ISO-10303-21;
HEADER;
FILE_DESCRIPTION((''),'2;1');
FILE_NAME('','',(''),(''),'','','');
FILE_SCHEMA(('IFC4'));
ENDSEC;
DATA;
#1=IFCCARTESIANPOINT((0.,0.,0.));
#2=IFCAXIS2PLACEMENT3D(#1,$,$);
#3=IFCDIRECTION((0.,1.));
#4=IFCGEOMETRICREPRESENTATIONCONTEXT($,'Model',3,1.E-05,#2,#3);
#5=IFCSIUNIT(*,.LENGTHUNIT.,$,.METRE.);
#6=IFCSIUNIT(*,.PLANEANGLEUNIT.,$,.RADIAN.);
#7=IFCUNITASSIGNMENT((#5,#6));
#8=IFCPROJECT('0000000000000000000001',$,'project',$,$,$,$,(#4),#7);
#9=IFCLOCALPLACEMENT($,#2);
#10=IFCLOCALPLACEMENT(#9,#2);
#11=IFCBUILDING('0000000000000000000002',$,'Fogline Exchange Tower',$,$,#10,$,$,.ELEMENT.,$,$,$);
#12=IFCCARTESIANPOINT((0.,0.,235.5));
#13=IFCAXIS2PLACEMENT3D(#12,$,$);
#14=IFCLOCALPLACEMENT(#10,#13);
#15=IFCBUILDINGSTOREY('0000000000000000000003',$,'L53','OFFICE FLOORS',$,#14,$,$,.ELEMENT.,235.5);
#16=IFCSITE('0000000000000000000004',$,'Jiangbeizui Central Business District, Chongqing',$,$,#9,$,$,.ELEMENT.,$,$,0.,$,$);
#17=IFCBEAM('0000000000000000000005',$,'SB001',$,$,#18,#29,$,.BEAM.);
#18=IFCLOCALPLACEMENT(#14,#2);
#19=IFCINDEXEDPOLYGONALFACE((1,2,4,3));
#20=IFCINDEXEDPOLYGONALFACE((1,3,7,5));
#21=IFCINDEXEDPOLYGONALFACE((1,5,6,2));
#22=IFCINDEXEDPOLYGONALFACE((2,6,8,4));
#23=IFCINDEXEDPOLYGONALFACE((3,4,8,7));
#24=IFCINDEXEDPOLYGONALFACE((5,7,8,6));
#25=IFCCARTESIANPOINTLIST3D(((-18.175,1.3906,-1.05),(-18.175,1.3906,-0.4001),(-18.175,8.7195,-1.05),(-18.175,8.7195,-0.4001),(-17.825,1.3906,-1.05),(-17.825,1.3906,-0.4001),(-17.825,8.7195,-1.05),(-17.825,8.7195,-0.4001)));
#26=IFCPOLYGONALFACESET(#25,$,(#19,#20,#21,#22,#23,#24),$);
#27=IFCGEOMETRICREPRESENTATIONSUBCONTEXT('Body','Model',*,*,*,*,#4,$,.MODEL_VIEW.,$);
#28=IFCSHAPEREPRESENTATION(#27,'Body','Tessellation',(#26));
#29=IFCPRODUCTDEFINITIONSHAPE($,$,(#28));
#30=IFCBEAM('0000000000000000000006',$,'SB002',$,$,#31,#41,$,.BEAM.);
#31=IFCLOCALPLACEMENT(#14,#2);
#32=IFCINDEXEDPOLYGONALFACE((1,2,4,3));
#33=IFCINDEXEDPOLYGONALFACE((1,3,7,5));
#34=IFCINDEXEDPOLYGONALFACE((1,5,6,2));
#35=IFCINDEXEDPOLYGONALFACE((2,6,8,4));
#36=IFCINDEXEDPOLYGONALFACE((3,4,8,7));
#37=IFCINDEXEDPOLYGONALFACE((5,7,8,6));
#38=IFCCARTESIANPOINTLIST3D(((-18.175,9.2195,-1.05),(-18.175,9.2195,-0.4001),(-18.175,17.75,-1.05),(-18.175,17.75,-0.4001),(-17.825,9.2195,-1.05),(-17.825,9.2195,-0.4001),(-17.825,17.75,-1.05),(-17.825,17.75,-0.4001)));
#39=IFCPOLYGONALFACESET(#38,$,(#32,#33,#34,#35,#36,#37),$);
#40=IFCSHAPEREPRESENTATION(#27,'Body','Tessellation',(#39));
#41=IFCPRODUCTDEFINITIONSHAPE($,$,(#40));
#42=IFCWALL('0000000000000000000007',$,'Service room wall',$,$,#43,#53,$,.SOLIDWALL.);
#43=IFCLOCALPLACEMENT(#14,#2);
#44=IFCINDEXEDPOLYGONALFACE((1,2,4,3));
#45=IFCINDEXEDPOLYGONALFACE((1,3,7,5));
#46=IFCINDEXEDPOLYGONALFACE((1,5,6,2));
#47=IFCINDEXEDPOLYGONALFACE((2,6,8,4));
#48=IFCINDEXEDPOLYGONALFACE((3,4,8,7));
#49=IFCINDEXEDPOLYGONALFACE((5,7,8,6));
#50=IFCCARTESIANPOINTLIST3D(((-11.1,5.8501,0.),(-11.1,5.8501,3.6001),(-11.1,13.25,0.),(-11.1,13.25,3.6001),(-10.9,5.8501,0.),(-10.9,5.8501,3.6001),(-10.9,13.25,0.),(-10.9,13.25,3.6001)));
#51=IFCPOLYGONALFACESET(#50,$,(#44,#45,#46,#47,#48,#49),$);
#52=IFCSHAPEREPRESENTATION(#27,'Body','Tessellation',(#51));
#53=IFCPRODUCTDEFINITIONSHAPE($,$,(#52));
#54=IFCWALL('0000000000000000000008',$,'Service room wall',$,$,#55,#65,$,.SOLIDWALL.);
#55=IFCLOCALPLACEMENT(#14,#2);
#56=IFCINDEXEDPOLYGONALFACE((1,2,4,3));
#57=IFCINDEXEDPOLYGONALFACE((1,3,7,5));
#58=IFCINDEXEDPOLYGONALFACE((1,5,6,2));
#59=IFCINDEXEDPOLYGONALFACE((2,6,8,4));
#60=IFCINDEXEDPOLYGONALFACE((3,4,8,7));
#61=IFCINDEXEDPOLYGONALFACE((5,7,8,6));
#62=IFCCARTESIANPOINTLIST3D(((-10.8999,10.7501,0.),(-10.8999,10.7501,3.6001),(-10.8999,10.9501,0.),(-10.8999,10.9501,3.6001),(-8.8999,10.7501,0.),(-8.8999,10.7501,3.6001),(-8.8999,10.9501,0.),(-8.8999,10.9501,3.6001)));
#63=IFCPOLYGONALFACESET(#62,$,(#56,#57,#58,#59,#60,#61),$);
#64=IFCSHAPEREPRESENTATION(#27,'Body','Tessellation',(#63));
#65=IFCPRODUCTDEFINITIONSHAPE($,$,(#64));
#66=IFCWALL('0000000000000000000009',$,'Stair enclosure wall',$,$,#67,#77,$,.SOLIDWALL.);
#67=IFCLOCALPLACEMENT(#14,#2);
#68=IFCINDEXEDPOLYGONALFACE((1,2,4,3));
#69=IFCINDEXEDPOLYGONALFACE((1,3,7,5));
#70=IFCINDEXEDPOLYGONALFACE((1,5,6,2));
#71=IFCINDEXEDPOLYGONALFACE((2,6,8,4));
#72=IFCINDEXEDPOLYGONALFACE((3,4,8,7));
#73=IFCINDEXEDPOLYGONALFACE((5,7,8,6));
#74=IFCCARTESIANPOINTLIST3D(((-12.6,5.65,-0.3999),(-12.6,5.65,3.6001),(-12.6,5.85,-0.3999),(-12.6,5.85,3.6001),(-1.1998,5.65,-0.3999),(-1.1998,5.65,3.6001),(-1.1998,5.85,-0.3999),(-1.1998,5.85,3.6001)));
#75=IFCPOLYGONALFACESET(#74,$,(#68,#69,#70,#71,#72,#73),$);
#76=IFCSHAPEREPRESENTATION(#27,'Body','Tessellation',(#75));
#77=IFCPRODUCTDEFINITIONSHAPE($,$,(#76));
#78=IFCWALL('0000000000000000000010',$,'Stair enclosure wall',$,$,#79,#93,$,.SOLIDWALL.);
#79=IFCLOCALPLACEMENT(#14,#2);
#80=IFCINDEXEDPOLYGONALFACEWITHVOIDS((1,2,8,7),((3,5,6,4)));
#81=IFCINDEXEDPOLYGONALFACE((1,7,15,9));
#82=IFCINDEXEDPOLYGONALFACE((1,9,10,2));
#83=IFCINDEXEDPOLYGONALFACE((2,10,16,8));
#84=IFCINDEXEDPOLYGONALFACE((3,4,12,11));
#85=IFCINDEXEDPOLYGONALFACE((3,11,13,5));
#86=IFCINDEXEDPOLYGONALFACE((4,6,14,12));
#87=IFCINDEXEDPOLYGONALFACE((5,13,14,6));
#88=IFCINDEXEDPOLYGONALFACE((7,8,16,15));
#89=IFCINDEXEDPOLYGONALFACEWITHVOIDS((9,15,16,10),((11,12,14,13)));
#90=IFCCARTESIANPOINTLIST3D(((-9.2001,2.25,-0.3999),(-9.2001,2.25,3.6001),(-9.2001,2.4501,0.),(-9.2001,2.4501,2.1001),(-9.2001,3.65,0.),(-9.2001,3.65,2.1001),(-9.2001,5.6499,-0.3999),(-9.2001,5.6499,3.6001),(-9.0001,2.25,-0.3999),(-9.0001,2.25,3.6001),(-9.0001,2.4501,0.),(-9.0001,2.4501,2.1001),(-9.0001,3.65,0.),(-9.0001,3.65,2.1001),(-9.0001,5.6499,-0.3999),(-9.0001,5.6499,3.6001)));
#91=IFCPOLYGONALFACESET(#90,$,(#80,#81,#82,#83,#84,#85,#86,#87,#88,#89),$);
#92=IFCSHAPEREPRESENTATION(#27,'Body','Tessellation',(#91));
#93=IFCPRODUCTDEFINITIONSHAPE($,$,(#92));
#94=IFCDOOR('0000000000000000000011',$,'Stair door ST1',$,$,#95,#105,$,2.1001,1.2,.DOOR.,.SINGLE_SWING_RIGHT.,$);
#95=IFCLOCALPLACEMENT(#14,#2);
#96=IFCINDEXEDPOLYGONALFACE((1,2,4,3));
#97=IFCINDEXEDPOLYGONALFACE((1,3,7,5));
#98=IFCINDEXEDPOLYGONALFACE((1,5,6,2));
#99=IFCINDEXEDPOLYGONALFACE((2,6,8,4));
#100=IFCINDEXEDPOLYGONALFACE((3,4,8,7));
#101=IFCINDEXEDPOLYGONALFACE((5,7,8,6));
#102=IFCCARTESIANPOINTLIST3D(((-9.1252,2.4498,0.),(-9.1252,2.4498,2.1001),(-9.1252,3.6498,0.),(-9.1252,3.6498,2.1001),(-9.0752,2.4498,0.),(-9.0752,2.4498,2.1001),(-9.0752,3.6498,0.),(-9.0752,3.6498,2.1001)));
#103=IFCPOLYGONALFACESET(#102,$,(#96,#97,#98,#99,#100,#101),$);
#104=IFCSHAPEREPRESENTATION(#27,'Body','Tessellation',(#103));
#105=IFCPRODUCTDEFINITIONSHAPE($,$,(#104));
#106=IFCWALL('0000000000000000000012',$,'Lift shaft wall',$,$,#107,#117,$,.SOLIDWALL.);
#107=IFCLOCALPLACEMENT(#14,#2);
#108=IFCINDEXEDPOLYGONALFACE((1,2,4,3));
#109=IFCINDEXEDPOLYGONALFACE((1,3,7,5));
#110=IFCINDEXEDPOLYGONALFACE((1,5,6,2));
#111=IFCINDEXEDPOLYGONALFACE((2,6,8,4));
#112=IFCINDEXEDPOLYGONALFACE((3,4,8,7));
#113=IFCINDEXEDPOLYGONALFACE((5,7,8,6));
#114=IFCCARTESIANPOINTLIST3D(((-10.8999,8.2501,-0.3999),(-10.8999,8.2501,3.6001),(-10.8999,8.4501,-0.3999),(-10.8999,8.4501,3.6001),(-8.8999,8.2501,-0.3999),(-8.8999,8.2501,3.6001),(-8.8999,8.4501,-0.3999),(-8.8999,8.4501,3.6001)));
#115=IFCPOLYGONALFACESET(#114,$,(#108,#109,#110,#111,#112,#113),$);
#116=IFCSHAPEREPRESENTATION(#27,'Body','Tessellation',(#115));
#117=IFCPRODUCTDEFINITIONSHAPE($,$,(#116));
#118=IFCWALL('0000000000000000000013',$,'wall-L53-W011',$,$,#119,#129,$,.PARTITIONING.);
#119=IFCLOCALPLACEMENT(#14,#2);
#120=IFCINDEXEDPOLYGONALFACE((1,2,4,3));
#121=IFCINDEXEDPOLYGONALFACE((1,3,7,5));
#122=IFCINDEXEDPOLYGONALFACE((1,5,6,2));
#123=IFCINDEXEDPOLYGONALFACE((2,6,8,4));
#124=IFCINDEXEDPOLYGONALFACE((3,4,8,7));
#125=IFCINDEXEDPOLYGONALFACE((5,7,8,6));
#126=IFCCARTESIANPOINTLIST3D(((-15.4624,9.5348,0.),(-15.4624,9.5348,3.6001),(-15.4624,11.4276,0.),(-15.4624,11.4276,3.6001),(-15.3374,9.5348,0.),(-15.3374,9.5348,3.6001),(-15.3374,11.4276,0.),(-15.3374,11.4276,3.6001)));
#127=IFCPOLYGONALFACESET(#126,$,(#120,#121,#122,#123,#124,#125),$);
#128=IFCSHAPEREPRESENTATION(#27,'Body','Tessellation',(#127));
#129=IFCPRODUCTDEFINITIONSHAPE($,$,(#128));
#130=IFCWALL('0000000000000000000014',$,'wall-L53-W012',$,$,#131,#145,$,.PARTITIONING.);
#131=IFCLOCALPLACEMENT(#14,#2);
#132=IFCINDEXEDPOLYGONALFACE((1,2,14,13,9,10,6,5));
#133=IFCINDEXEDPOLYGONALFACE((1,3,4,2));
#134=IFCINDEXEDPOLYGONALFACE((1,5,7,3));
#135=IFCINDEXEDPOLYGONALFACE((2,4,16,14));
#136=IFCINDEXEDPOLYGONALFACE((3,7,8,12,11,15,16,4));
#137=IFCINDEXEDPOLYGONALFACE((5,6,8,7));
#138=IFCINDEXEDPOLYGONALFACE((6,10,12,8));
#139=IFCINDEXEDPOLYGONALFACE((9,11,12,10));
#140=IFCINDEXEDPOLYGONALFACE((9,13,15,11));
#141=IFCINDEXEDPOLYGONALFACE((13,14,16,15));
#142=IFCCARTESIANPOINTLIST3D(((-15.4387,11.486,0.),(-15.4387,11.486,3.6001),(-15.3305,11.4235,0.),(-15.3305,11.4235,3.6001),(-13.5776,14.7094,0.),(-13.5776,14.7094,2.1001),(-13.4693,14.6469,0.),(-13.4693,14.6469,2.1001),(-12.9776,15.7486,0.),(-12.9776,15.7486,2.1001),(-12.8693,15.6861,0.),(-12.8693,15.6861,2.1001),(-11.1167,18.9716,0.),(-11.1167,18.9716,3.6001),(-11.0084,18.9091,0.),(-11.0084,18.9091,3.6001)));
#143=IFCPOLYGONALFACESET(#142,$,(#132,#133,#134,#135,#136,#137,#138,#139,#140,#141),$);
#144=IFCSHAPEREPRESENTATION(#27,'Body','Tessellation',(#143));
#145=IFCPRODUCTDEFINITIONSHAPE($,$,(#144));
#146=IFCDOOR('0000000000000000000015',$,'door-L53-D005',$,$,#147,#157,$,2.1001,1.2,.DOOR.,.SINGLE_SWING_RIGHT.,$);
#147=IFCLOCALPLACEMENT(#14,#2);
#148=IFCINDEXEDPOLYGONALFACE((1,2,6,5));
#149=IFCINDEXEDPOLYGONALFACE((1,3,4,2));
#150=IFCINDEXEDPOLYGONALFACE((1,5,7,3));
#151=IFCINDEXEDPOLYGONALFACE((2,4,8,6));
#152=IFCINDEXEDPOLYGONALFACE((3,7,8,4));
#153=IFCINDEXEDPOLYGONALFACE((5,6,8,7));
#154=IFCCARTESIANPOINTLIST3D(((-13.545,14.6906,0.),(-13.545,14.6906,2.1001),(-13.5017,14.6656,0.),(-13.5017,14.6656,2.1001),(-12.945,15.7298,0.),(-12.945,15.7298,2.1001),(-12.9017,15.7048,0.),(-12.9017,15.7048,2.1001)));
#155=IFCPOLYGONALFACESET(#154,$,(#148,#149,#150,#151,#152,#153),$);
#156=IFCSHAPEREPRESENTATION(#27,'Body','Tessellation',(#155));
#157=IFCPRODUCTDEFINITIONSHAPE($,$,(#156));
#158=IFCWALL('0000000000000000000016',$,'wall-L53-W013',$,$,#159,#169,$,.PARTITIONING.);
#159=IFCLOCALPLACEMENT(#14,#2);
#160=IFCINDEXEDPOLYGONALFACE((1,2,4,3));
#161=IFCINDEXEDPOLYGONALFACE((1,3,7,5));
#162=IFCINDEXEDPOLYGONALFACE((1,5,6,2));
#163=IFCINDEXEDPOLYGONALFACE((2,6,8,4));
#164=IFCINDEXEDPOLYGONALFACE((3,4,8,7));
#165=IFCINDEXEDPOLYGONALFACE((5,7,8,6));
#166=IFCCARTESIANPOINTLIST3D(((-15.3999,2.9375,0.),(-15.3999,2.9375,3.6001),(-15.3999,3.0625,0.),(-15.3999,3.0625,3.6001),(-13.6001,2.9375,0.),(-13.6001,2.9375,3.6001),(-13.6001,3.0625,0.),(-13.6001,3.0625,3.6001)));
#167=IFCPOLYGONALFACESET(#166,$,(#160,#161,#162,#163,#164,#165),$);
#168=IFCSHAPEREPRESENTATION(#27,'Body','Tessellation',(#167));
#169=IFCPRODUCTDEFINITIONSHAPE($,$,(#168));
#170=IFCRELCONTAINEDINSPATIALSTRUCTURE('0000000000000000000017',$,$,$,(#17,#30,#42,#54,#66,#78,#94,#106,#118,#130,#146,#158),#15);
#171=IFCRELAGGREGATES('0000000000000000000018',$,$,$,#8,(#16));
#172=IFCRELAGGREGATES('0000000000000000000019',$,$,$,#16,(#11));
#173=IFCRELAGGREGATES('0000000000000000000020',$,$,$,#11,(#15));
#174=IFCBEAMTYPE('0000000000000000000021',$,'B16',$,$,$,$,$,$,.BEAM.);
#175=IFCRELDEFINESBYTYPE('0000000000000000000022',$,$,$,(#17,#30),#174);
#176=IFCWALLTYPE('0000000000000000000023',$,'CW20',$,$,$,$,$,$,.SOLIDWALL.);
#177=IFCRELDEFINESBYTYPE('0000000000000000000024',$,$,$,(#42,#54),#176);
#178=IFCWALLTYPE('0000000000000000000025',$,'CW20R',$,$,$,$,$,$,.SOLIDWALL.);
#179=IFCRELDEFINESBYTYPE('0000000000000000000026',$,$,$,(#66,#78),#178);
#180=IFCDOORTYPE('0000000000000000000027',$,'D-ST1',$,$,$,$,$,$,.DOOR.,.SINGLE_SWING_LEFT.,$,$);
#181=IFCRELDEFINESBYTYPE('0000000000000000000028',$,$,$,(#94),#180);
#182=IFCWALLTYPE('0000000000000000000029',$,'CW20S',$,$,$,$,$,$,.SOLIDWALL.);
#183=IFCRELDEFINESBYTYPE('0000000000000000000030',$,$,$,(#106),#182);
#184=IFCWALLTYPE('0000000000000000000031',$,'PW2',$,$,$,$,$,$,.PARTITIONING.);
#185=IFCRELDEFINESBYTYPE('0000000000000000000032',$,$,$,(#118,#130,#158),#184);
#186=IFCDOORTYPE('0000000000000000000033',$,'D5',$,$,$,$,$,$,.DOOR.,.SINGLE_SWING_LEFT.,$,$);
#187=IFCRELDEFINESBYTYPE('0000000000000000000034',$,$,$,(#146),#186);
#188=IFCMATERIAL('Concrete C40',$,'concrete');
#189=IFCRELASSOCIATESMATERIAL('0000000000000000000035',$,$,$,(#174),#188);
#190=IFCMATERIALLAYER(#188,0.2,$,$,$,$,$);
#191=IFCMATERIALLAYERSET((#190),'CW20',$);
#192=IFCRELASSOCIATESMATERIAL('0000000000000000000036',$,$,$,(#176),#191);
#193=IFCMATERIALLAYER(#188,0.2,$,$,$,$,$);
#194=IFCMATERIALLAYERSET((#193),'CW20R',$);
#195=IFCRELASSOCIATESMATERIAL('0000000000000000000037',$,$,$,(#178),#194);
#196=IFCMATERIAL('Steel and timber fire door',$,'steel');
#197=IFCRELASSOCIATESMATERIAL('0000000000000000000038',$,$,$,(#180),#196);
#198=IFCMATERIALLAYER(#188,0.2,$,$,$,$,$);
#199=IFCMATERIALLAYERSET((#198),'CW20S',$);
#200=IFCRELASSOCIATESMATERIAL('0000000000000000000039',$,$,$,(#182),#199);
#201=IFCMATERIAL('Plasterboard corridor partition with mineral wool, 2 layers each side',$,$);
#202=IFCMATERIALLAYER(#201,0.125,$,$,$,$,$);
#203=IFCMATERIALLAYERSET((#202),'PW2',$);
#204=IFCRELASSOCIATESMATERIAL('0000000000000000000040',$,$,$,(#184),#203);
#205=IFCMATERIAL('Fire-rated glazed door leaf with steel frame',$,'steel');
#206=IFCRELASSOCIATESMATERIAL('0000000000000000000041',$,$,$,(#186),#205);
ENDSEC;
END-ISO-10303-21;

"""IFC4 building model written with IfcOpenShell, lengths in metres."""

from ifc_helpers import new_model, si_unit, direction, frame, frame_2d, origin, origin_2d, place, context, subcontext, project, spatial, rectangle, extrude, material, layer, layer_set, material_profile, profile_set, type_object, element, fill, save


model = new_model("IFC4")

# Units and contexts
model_context = context("Model", 3, precision=1e-05, world=origin(), true_north=direction((0.0, 1.0)))
body_context = subcontext(model_context, "Body", "Model", "MODEL_VIEW")
ifc_project = project(units=[si_unit("LENGTHUNIT", "METRE"), si_unit("PLANEANGLEUNIT", "RADIAN")], contexts=[model_context])

# Site, building, storey
site_placement = place(None, origin())
site = spatial("IfcSite", under=ifc_project, at=site_placement, Name="Jiangbeizui Central Business District, Chongqing", CompositionType="ELEMENT", RefElevation=0.0)
building_placement = place(site_placement, origin())
building = spatial("IfcBuilding", under=site, at=building_placement, Name="Fogline Exchange Tower", CompositionType="ELEMENT")
storey_placement = place(building_placement, frame((0.0, 0.0, 235.5)))
storey = spatial("IfcBuildingStorey", under=building, at=storey_placement, Name="L53", Description="OFFICE FLOORS", CompositionType="ELEMENT", Elevation=235.5)

# Beams
ifc_material_1 = material(Name="Concrete C40", Category="concrete")
ifc_material_profile = material_profile(ifc_material_1, rectangle(XDim=0.3501, YDim=0.6499, at=origin_2d()), Name="RC 350x650")
ifc_profile_set = profile_set([ifc_material_profile], Name="Concrete C40")
beam_type = type_object("IfcBeamType", Name="B16", PredefinedType="BEAM", material=ifc_profile_set)
beam_1_placement = place(storey_placement, frame((-18.0, 1.3906, -0.7251), z_axis=(0.0, 1.0, 0.0), x_axis=(-1.0, 0.0, 0.0)))
element("IfcBeam", 1, at=beam_1_placement, inside=storey, type_object=beam_type, Name="SB001", PredefinedType="BEAM", context=body_context, shape_type="SweptSolid", body=[
    extrude(rectangle(XDim=0.3501, YDim=0.6499, at=origin_2d()), origin(), (0.0, 0.0, 1.0), 7.3289),
])
beam_2_placement = place(storey_placement, frame((-18.0, 9.2195, -0.7251), z_axis=(0.0, 1.0, 0.0), x_axis=(-1.0, 0.0, 0.0)))
element("IfcBeam", 2, at=beam_2_placement, inside=storey, type_object=beam_type, Name="SB002", PredefinedType="BEAM", context=body_context, shape_type="SweptSolid", body=[
    extrude(rectangle(XDim=0.3501, YDim=0.6499, at=origin_2d()), origin(), (0.0, 0.0, 1.0), 8.5305),
])

# Walls
ifc_layer_1 = layer(ifc_material_1, 0.2)
ifc_layer_set_1 = layer_set([ifc_layer_1], Name="CW20")
wall_type_1 = type_object("IfcWallType", Name="CW20", PredefinedType="SOLIDWALL", material=ifc_layer_set_1)
wall_1_placement = place(storey_placement, frame((-11.0, 5.8501, 0.0), z_axis=(0.0, 0.0, 1.0), x_axis=(0.0, 1.0, 0.0)))
element("IfcWall", 3, at=wall_1_placement, inside=storey, type_object=wall_type_1, Name="Service room wall", PredefinedType="SOLIDWALL", context=body_context, shape_type="SweptSolid", body=[
    extrude(rectangle(XDim=7.3999, YDim=0.2, at=frame_2d((3.7, 0.0))), origin(), (0.0, 0.0, 1.0), 3.6001),
])
wall_2_placement = place(storey_placement, frame((-10.8999, 10.8501, 0.0), z_axis=(0.0, 0.0, 1.0), x_axis=(1.0, 0.0, 0.0)))
element("IfcWall", 4, at=wall_2_placement, inside=storey, type_object=wall_type_1, Name="Service room wall", PredefinedType="SOLIDWALL", context=body_context, shape_type="SweptSolid", body=[
    extrude(rectangle(XDim=2.0, YDim=0.2, at=frame_2d((1.0, 0.0))), origin(), (0.0, 0.0, 1.0), 3.6001),
])
ifc_layer_2 = layer(ifc_material_1, 0.2)
ifc_layer_set_2 = layer_set([ifc_layer_2], Name="CW20R")
wall_type_2 = type_object("IfcWallType", Name="CW20R", PredefinedType="SOLIDWALL", material=ifc_layer_set_2)
wall_3_placement = place(storey_placement, frame((-12.6001, 5.75, -0.3999), z_axis=(0.0, 0.0, 1.0), x_axis=(1.0, 0.0, 0.0)))
element("IfcWall", 5, at=wall_3_placement, inside=storey, type_object=wall_type_2, Name="Stair enclosure wall", PredefinedType="SOLIDWALL", context=body_context, shape_type="SweptSolid", body=[
    extrude(rectangle(XDim=11.4001, YDim=0.2, at=frame_2d((5.7002, 0.0))), origin(), (0.0, 0.0, 1.0), 4.0),
])

# Wall, opening, door
wall_4_placement = place(storey_placement, frame((-9.1001, 2.25, -0.3999), z_axis=(0.0, 0.0, 1.0), x_axis=(0.0, 1.0, 0.0)))
wall_4 = element("IfcWall", 6, at=wall_4_placement, inside=storey, type_object=wall_type_2, Name="Stair enclosure wall", PredefinedType="SOLIDWALL", context=body_context, shape_type="SweptSolid", body=[
    extrude(rectangle(XDim=3.3999, YDim=0.2, at=frame_2d((1.7, 0.0))), origin(), (0.0, 0.0, 1.0), 4.0),
])
opening_1_placement = place(wall_4_placement, frame((0.2, 0.0, 0.3999)))
opening_1 = element("IfcOpeningElement", 7, at=opening_1_placement, cuts=wall_4, PredefinedType="OPENING", context=body_context, shape_type="SweptSolid", body=[
    extrude(rectangle(XDim=1.2, YDim=2.1001, at=frame_2d((0.6001, 1.05))), frame((0.0, 0.1099, 0.0), z_axis=(0.0, -1.0, 0.0), x_axis=(1.0, 0.0, 0.0)), (0.0, 0.0, 1.0), 0.22),
])
ifc_material_2 = material(Name="Steel and timber fire door", Category="steel")
door_type_1 = type_object("IfcDoorType", Name="D-ST1", OperationType="SINGLE_SWING_LEFT", PredefinedType="DOOR", material=ifc_material_2)
door_1_placement = place(opening_1_placement, frame((1.2, 0.0, 0.0), z_axis=(0.0, 0.0, 1.0), x_axis=(-1.0, 0.0, 0.0)))
door_1 = element("IfcDoor", 8, at=door_1_placement, inside=storey, type_object=door_type_1, Name="Stair door ST1", OperationType="SINGLE_SWING_RIGHT", OverallHeight=2.1001, OverallWidth=1.2, PredefinedType="DOOR", context=body_context, shape_type="SweptSolid", body=[
    extrude(rectangle(XDim=1.2, YDim=2.1001, at=frame_2d((0.6001, 1.05))), frame((0.0, 0.0249, 0.0), z_axis=(0.0, -1.0, 0.0), x_axis=(1.0, 0.0, 0.0)), (0.0, 0.0, 1.0), 0.05),
])
fill(opening_1, door_1)

# Walls
ifc_layer_3 = layer(ifc_material_1, 0.2)
ifc_layer_set_3 = layer_set([ifc_layer_3], Name="CW20S")
wall_type_3 = type_object("IfcWallType", Name="CW20S", PredefinedType="SOLIDWALL", material=ifc_layer_set_3)
wall_5_placement = place(storey_placement, frame((-10.8999, 8.3501, -0.3999), z_axis=(0.0, 0.0, 1.0), x_axis=(1.0, 0.0, 0.0)))
element("IfcWall", 9, at=wall_5_placement, inside=storey, type_object=wall_type_3, Name="Lift shaft wall", PredefinedType="SOLIDWALL", context=body_context, shape_type="SweptSolid", body=[
    extrude(rectangle(XDim=2.0, YDim=0.2, at=frame_2d((1.0, 0.0))), origin(), (0.0, 0.0, 1.0), 4.0),
])
ifc_material_3 = material(Name="Plasterboard corridor partition with mineral wool, 2 layers each side")
ifc_layer_4 = layer(ifc_material_3, 0.125)
ifc_layer_set_4 = layer_set([ifc_layer_4], Name="PW2")
wall_type_4 = type_object("IfcWallType", Name="PW2", PredefinedType="PARTITIONING", material=ifc_layer_set_4)
wall_6_placement = place(storey_placement, frame((-15.3999, 9.5349, 0.0), z_axis=(0.0, 0.0, 1.0), x_axis=(0.0, 1.0, 0.0)))
element("IfcWall", 10, at=wall_6_placement, inside=storey, type_object=wall_type_4, Name="wall-L53-W011", PredefinedType="PARTITIONING", context=body_context, shape_type="SweptSolid", body=[
    extrude(rectangle(XDim=1.8928, YDim=0.125, at=frame_2d((0.9463, 0.0))), origin(), (0.0, 0.0, 1.0), 3.6001),
])

# Wall, opening, door
wall_7_placement = place(storey_placement, frame((-15.3845, 11.4548, 0.0), z_axis=(0.0, 0.0, 1.0), x_axis=(0.500018, 0.866015, 0.0)))
wall_7 = element("IfcWall", 11, at=wall_7_placement, inside=storey, type_object=wall_type_4, Name="wall-L53-W012", PredefinedType="PARTITIONING", context=body_context, shape_type="SweptSolid", body=[
    extrude(rectangle(XDim=8.6438, YDim=0.125, at=frame_2d((4.3218, 0.0))), origin(), (0.0, 0.0, 1.0), 3.6001),
])
opening_2_placement = place(wall_7_placement, frame((3.7219, 0.0, 0.0)))
opening_2 = element("IfcOpeningElement", 12, at=opening_2_placement, cuts=wall_7, PredefinedType="OPENING", context=body_context, shape_type="SweptSolid", body=[
    extrude(rectangle(XDim=1.2, YDim=2.1001, at=frame_2d((0.6001, 1.05))), frame((0.0, 0.0725, 0.0), z_axis=(0.0, -1.0, 0.0), x_axis=(1.0, 0.0, 0.0)), (0.0, 0.0, 1.0), 0.145),
])
ifc_material_4 = material(Name="Fire-rated glazed door leaf with steel frame", Category="steel")
door_type_2 = type_object("IfcDoorType", Name="D5", OperationType="SINGLE_SWING_LEFT", PredefinedType="DOOR", material=ifc_material_4)
door_2_placement = place(opening_2_placement, origin())
door_2 = element("IfcDoor", 13, at=door_2_placement, inside=storey, type_object=door_type_2, Name="door-L53-D005", OperationType="SINGLE_SWING_RIGHT", OverallHeight=2.1001, OverallWidth=1.2, PredefinedType="DOOR", context=body_context, shape_type="SweptSolid", body=[
    extrude(rectangle(XDim=1.2, YDim=2.1001, at=frame_2d((0.6001, 1.05))), frame((0.0, 0.0249, 0.0), z_axis=(0.0, -1.0, 0.0), x_axis=(1.0, 0.0, 0.0)), (0.0, 0.0, 1.0), 0.05),
])
fill(opening_2, door_2)

# Wall
wall_8_placement = place(storey_placement, frame((-13.6001, 3.0, 0.0), z_axis=(0.0, 0.0, 1.0), x_axis=(-1.0, 0.0, 0.0)))
element("IfcWall", 14, at=wall_8_placement, inside=storey, type_object=wall_type_4, Name="wall-L53-W013", PredefinedType="PARTITIONING", context=body_context, shape_type="SweptSolid", body=[
    extrude(rectangle(XDim=1.7998, YDim=0.125, at=frame_2d((0.8999, 0.0))), origin(), (0.0, 0.0, 1.0), 3.6001),
])

save(model, "model.ifc")
